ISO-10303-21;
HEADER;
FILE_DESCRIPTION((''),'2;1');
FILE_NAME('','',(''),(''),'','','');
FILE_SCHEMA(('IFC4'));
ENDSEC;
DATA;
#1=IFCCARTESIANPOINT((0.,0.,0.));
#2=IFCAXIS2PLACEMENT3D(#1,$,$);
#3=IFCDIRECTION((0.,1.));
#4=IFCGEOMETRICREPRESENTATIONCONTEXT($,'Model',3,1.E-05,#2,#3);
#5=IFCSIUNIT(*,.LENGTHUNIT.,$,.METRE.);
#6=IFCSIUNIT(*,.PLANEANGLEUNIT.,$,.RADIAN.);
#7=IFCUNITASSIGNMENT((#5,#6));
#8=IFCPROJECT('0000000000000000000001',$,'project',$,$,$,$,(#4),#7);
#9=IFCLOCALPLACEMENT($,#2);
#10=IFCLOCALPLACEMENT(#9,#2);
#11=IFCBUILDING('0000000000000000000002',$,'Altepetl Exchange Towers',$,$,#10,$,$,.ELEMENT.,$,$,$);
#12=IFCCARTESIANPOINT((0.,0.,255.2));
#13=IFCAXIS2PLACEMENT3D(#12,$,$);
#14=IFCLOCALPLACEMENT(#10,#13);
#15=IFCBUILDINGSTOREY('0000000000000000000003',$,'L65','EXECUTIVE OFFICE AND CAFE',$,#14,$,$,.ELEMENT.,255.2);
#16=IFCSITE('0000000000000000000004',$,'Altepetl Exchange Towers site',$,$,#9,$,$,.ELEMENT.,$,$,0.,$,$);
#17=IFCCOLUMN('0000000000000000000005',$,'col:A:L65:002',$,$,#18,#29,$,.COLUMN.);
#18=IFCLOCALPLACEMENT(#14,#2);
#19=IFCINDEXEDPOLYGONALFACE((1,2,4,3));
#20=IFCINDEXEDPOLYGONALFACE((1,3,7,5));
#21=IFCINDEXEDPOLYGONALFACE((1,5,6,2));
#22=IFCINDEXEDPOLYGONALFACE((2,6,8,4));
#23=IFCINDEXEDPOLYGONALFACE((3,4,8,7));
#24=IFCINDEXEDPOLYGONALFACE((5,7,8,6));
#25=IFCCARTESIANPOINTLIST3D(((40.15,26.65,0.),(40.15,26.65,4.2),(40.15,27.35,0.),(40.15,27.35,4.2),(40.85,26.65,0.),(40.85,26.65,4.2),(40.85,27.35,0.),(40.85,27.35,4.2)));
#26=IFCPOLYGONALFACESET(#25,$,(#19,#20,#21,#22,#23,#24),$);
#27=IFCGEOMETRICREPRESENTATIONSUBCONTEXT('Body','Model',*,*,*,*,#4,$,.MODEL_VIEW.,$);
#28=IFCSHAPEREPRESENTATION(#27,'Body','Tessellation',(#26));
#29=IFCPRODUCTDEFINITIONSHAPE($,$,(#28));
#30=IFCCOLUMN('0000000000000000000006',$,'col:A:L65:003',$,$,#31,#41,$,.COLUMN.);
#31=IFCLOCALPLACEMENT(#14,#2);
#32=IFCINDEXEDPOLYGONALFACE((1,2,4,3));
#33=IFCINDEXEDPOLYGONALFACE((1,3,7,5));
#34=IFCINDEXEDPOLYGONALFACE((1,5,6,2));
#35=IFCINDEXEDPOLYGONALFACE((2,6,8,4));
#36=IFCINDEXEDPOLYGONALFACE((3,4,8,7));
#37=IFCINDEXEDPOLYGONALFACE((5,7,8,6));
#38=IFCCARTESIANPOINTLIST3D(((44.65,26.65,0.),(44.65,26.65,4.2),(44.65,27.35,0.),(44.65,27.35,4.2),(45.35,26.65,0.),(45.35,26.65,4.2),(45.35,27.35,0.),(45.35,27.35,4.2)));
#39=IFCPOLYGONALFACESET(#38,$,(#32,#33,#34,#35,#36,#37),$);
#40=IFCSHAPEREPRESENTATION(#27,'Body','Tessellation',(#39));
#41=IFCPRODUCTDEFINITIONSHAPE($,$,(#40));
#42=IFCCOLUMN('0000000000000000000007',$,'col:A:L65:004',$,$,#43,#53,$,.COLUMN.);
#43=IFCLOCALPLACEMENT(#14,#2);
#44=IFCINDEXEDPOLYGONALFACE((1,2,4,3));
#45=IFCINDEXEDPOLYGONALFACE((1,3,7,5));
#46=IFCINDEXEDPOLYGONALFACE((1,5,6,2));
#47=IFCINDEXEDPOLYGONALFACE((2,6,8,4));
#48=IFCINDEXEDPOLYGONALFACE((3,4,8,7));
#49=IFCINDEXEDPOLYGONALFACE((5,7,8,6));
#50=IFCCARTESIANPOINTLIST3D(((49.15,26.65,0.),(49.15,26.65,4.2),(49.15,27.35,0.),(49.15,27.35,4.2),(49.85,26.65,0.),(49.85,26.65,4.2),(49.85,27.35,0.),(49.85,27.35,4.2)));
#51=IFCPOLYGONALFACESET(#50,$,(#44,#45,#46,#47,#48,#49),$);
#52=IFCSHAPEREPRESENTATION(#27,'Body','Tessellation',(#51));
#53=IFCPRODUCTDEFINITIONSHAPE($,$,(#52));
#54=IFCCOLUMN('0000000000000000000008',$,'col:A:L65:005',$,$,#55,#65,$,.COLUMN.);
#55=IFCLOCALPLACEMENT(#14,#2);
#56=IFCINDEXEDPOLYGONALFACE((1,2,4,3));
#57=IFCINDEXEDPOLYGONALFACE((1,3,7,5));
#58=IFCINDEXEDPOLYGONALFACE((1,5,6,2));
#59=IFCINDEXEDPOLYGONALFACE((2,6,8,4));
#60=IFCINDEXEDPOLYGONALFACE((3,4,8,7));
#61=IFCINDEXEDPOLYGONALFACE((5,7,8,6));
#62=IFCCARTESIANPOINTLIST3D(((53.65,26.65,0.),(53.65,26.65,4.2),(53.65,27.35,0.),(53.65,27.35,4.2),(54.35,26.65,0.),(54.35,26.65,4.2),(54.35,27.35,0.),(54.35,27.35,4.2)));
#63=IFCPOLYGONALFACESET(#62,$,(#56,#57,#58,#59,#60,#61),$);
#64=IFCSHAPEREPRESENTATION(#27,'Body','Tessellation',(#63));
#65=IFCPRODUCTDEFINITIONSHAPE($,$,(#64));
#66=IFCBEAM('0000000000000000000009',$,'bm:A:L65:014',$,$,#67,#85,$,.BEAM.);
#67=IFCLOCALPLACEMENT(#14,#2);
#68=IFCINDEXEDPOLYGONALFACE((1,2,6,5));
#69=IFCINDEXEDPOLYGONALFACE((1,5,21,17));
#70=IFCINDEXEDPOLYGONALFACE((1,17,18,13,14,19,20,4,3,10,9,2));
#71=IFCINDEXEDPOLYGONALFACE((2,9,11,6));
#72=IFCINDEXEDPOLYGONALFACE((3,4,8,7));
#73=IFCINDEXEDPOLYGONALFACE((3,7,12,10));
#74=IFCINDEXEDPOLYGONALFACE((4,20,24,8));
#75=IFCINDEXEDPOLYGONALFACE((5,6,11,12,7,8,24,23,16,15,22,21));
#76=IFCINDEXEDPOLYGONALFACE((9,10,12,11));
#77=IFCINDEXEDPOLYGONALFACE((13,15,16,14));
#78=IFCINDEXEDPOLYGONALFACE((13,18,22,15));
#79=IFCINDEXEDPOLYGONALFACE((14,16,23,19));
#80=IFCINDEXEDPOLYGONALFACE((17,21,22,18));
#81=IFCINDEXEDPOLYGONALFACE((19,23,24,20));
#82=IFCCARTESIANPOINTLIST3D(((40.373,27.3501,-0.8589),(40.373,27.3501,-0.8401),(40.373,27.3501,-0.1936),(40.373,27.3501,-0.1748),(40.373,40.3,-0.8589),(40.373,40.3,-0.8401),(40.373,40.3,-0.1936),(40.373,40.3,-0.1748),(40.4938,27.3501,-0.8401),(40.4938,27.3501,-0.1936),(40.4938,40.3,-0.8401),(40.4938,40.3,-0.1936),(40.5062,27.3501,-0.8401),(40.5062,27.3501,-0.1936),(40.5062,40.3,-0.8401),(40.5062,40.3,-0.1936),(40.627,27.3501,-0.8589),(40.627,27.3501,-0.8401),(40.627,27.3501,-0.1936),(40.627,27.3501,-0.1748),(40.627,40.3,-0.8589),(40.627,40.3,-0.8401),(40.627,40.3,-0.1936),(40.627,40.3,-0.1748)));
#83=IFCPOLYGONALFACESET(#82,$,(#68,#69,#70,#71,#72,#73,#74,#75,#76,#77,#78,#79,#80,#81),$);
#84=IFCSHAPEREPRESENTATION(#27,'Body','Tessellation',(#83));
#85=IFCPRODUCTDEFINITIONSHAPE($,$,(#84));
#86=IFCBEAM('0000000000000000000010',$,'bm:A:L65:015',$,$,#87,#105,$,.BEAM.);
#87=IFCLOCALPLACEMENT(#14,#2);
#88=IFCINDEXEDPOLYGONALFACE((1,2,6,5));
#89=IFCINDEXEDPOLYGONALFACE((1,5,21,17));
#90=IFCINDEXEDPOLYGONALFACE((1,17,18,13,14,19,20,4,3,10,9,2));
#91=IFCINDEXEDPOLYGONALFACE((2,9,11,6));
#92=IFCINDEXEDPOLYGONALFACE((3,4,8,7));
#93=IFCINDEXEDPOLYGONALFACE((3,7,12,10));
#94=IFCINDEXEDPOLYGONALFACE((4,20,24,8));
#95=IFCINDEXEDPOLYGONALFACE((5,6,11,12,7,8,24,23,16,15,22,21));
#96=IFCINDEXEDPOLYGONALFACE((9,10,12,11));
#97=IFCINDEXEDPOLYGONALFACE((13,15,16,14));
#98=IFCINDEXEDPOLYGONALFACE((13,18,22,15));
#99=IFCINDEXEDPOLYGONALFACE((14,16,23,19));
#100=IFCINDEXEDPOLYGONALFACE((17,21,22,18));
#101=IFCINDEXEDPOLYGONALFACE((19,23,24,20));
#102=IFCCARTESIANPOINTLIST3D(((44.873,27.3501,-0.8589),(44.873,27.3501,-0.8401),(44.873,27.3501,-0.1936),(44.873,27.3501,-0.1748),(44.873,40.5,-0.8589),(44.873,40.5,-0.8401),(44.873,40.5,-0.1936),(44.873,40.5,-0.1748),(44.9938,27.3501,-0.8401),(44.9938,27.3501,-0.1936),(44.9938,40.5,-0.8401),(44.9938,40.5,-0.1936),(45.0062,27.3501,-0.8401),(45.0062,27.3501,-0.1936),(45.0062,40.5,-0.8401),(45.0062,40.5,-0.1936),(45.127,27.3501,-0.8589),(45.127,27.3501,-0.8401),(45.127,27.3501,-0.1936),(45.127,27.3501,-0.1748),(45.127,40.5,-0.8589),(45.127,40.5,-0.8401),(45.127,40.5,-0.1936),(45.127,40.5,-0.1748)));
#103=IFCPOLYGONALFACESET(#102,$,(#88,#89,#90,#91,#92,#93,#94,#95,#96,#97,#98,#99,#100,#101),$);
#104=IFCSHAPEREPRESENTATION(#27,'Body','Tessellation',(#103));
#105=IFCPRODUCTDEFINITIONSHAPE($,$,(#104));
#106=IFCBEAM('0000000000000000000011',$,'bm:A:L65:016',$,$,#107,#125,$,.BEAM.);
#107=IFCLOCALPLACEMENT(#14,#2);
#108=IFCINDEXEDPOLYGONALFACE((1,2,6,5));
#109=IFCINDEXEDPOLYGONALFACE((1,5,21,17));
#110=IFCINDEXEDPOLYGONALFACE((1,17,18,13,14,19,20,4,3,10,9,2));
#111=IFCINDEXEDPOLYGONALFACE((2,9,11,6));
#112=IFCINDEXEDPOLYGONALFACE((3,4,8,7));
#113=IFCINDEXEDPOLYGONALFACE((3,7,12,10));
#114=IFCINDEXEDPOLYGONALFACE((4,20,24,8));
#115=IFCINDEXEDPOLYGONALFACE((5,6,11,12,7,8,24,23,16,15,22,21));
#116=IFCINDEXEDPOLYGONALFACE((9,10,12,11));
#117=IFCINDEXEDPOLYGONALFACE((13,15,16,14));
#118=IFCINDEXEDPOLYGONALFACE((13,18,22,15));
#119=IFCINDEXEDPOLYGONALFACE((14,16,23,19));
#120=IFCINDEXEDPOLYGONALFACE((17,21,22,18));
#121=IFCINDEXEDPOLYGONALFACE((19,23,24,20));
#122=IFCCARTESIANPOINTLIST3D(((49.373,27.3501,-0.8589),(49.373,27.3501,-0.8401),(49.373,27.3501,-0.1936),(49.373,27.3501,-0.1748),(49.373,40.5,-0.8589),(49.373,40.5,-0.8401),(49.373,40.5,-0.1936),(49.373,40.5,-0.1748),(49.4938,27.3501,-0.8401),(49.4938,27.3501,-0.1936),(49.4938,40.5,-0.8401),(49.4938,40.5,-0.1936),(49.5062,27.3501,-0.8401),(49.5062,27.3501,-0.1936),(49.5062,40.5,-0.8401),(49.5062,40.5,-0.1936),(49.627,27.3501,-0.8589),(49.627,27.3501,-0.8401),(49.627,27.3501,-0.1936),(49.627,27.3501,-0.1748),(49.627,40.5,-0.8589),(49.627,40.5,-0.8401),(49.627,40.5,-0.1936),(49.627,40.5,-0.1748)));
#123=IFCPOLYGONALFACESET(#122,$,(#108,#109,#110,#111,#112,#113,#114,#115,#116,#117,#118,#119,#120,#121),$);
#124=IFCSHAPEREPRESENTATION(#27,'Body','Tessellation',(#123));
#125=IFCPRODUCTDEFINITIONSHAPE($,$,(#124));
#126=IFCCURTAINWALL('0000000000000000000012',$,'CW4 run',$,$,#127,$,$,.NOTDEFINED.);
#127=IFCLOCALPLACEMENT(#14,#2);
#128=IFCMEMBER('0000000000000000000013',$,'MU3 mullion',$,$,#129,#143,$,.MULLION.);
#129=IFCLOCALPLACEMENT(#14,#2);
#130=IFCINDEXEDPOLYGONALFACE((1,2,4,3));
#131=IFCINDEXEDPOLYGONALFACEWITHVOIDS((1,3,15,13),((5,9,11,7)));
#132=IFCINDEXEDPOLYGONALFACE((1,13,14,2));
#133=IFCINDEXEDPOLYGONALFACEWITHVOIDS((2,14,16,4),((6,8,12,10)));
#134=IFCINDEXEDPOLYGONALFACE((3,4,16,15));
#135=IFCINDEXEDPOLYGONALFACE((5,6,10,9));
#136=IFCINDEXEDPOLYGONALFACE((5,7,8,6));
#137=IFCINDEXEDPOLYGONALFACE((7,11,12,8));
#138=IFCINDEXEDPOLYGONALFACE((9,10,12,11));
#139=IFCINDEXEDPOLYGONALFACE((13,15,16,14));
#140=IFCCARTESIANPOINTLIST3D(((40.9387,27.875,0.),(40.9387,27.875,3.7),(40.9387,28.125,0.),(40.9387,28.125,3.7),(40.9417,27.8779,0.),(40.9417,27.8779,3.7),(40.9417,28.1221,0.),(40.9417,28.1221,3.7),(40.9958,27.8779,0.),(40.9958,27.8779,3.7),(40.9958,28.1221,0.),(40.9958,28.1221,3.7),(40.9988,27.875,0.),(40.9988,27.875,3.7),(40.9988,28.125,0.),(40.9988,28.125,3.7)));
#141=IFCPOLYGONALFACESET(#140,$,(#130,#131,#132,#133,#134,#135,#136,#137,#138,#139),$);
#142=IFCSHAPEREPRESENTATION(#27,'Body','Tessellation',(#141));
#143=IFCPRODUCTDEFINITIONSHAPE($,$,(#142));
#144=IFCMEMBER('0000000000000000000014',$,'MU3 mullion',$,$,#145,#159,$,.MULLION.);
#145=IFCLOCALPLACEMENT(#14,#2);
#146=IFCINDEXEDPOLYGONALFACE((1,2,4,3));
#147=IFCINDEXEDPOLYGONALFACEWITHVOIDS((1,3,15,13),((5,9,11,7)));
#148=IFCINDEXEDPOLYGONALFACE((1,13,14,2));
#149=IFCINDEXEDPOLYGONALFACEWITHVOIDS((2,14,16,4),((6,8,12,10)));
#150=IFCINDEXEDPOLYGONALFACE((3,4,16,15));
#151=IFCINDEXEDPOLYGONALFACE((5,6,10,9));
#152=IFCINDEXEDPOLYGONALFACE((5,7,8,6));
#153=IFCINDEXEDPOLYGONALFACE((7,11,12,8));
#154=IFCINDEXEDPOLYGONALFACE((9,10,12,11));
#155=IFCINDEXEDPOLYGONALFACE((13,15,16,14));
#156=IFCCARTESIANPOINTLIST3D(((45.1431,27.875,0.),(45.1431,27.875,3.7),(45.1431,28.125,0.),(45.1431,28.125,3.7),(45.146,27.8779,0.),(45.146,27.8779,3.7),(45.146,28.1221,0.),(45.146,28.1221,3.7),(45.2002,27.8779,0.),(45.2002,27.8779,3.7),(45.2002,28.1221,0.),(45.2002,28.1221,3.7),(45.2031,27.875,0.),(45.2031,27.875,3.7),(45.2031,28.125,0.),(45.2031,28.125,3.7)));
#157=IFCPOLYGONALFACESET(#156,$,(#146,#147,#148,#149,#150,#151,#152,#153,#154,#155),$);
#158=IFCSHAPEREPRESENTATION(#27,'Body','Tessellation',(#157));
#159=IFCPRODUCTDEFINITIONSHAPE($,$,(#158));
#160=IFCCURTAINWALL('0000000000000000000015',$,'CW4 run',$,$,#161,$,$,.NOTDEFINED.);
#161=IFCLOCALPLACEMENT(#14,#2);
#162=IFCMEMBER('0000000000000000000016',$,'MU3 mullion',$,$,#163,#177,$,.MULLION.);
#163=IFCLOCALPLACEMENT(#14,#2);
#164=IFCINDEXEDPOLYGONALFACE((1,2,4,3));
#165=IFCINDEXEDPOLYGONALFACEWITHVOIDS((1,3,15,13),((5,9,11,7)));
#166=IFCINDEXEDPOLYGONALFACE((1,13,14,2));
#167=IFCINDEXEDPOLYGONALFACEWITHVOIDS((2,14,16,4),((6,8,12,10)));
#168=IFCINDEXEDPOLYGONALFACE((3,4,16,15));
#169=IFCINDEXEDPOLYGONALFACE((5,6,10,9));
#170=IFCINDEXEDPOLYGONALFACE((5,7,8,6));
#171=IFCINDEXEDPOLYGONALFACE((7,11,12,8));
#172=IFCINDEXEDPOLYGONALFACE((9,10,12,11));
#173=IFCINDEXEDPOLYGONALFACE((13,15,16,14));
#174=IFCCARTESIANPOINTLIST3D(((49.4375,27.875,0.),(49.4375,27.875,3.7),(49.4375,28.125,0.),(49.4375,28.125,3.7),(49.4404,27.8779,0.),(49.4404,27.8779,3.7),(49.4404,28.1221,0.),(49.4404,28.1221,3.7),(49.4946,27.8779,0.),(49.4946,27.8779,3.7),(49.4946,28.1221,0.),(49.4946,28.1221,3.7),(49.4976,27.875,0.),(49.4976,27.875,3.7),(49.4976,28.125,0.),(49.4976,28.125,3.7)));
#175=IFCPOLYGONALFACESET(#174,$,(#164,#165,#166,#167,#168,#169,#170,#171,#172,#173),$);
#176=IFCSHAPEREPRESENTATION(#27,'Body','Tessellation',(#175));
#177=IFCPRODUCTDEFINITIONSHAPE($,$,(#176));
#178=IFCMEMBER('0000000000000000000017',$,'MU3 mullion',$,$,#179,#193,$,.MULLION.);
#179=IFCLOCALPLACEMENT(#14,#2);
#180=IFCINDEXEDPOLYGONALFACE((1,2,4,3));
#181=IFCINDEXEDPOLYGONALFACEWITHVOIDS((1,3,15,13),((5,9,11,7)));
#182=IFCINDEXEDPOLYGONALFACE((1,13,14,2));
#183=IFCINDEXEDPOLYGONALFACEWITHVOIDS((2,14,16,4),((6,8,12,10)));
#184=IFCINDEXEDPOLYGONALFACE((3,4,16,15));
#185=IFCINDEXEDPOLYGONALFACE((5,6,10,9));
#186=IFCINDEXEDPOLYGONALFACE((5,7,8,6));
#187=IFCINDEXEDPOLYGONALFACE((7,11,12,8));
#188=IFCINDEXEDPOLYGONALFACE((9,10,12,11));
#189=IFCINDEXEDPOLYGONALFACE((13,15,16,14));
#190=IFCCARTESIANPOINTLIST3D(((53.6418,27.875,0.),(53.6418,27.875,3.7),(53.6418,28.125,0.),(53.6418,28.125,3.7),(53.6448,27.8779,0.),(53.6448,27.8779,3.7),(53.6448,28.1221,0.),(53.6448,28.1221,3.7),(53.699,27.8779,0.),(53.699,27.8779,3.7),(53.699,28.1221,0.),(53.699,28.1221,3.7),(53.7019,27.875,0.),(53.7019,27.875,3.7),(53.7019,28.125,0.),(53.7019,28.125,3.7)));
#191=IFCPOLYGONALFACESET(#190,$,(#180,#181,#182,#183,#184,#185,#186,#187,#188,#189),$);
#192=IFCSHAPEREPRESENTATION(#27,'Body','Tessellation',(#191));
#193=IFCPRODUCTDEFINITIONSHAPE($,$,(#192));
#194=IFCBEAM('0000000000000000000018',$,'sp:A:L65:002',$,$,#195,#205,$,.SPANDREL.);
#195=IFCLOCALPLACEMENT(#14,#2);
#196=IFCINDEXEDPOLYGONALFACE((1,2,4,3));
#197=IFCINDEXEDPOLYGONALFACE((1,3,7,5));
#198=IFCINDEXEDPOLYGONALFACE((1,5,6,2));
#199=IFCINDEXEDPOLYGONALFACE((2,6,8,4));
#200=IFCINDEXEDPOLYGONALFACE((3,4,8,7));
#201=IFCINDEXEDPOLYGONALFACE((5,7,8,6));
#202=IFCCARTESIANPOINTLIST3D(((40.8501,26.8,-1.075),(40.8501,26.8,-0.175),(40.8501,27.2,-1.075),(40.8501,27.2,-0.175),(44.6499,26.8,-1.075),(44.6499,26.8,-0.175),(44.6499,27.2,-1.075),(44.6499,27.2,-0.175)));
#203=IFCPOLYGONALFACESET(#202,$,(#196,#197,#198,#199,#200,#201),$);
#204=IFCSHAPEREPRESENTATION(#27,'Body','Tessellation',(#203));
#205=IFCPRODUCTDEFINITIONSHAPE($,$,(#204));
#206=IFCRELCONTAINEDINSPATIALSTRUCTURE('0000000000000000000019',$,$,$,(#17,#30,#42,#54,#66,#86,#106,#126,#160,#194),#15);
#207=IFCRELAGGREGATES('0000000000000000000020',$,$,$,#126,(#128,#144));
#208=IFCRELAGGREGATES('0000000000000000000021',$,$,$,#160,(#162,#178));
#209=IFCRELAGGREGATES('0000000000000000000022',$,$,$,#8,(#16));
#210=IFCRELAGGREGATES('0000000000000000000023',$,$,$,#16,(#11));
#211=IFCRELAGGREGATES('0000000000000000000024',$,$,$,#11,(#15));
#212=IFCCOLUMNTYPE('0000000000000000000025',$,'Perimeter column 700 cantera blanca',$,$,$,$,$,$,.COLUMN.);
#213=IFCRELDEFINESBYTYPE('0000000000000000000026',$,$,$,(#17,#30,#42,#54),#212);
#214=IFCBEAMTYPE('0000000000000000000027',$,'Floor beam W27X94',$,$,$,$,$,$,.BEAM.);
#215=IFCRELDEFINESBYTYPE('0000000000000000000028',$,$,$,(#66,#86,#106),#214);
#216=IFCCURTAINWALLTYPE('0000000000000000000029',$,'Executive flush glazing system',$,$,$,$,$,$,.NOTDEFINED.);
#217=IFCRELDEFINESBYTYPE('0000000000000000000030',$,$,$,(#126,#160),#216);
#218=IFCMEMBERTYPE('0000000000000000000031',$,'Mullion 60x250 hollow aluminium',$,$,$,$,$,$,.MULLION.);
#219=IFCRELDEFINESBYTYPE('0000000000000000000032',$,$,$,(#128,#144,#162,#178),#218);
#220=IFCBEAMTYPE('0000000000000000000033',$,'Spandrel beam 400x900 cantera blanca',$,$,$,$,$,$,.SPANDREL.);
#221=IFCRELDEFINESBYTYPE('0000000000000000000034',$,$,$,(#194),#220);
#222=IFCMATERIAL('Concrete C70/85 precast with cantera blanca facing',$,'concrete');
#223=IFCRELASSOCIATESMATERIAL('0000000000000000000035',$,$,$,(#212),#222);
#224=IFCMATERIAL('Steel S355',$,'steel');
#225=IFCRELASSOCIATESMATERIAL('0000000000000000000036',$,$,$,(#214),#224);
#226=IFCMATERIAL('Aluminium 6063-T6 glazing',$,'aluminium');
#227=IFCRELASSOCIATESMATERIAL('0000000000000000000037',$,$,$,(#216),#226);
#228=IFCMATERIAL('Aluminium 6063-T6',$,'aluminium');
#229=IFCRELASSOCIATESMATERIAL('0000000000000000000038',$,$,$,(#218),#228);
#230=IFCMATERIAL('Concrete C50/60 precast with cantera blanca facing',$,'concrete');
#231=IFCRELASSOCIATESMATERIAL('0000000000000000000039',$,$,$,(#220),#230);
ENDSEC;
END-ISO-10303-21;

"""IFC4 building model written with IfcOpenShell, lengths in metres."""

from ifc_helpers import new_model, si_unit, direction, frame, origin, origin_2d, place, context, subcontext, project, spatial, rectangle, hollow_rectangle, i_section, extrude, material, material_profile, profile_set, type_object, element, aggregate, save


model = new_model("IFC4")

# Units and contexts
model_context = context("Model", 3, precision=1e-05, world=origin(), true_north=direction((0.0, 1.0)))
body_context = subcontext(model_context, "Body", "Model", "MODEL_VIEW")
ifc_project = project(units=[si_unit("LENGTHUNIT", "METRE"), si_unit("PLANEANGLEUNIT", "RADIAN")], contexts=[model_context])

# Site, building, storey
site_placement = place(None, origin())
site = spatial("IfcSite", under=ifc_project, at=site_placement, Name="Altepetl Exchange Towers site", CompositionType="ELEMENT", RefElevation=0.0)
building_placement = place(site_placement, origin())
building = spatial("IfcBuilding", under=site, at=building_placement, Name="Altepetl Exchange Towers", CompositionType="ELEMENT")
storey_placement = place(building_placement, frame((0.0, 0.0, 255.2)))
storey = spatial("IfcBuildingStorey", under=building, at=storey_placement, Name="L65", Description="EXECUTIVE OFFICE AND CAFE", CompositionType="ELEMENT", Elevation=255.2)

# Columns
ifc_material_1 = material(Name="Concrete C70/85 precast with cantera blanca facing", Category="concrete")
ifc_material_profile_1 = material_profile(ifc_material_1, rectangle(XDim=0.7, YDim=0.7, at=origin_2d()), Name="700 x 700")
ifc_profile_set_1 = profile_set([ifc_material_profile_1], Name="Concrete C70/85 precast with cantera blanca facing")
column_type = type_object("IfcColumnType", Name="Perimeter column 700 cantera blanca", PredefinedType="COLUMN", material=ifc_profile_set_1)
for number, where, name in (
    (1, (40.5, 27.0, 0.0), "col:A:L65:002"),
    (2, (45.0, 27.0, 0.0), "col:A:L65:003"),
    (3, (49.5, 27.0, 0.0), "col:A:L65:004"),
    (4, (54.0, 27.0, 0.0), "col:A:L65:005"),
):
    element("IfcColumn", number, at=place(storey_placement, frame(where)), inside=storey, type_object=column_type, Name=name, PredefinedType="COLUMN", context=body_context, shape_type="SweptSolid", body=[
        extrude(rectangle(XDim=0.7, YDim=0.7, at=origin_2d()), origin(), (0.0, 0.0, 1.0), 4.2),
    ])

# Beams
ifc_material_2 = material(Name="Steel S355", Category="steel")
ifc_material_profile_2 = material_profile(ifc_material_2, i_section(OverallWidth=0.2539, OverallDepth=0.6841, WebThickness=0.0125, FlangeThickness=0.0188, at=origin_2d()), Name="W27X94")
ifc_profile_set_2 = profile_set([ifc_material_profile_2], Name="Steel S355")
beam_type_1 = type_object("IfcBeamType", Name="Floor beam W27X94", PredefinedType="BEAM", material=ifc_profile_set_2)
beam_placement = place(storey_placement, frame((40.5, 27.3501, -0.5168), z_axis=(0.0, 1.0, 0.0), x_axis=(-1.0, 0.0, 0.0)))
element("IfcBeam", 5, at=beam_placement, inside=storey, type_object=beam_type_1, Name="bm:A:L65:014", PredefinedType="BEAM", context=body_context, shape_type="SweptSolid", body=[
    extrude(i_section(OverallWidth=0.2539, OverallDepth=0.6841, WebThickness=0.0125, FlangeThickness=0.0188, at=origin_2d()), origin(), (0.0, 0.0, 1.0), 12.95),
])
for number, where, z_axis, x_axis, name in (
    (6, (45.0, 27.3501, -0.5168), (0.0, 1.0, 0.0), (-1.0, 0.0, 0.0), "bm:A:L65:015"),
    (7, (49.5, 27.3501, -0.5168), (0.0, 1.0, 0.0), (-1.0, 0.0, 0.0), "bm:A:L65:016"),
):
    element("IfcBeam", number, at=place(storey_placement, frame(where, z_axis=z_axis, x_axis=x_axis)), inside=storey, type_object=beam_type_1, Name=name, PredefinedType="BEAM", context=body_context, shape_type="SweptSolid", body=[
        extrude(i_section(OverallWidth=0.2539, OverallDepth=0.6841, WebThickness=0.0125, FlangeThickness=0.0188, at=origin_2d()), origin(), (0.0, 0.0, 1.0), 13.1499),
    ])

# Curtain walls, members
ifc_material_3 = material(Name="Aluminium 6063-T6 glazing", Category="aluminium")
curtain_wall_type = type_object("IfcCurtainWallType", Name="Executive flush glazing system", PredefinedType="NOTDEFINED", material=ifc_material_3)
curtain_wall_1_placement = place(storey_placement, origin())
curtain_wall_1 = element("IfcCurtainWall", 8, at=curtain_wall_1_placement, inside=storey, type_object=curtain_wall_type, Name="CW4 run", PredefinedType="NOTDEFINED")
ifc_material_4 = material(Name="Aluminium 6063-T6", Category="aluminium")
ifc_material_profile_3 = material_profile(ifc_material_4, hollow_rectangle(XDim=0.0601, YDim=0.25, WallThickness=0.0029, at=origin_2d()), Name="Mullion 60x250 hollow aluminium")
ifc_profile_set_3 = profile_set([ifc_material_profile_3], Name="Aluminium 6063-T6")
member_type_1 = type_object("IfcMemberType", Name="Mullion 60x250 hollow aluminium", PredefinedType="MULLION", material=ifc_profile_set_3)
member_1_placement = place(storey_placement, frame((40.9688, 28.0, 0.0)))
member_1 = element("IfcMember", 9, at=member_1_placement, type_object=member_type_1, Name="MU3 mullion", PredefinedType="MULLION", context=body_context, shape_type="SweptSolid", body=[
    extrude(hollow_rectangle(XDim=0.0601, YDim=0.25, WallThickness=0.0029, at=origin_2d()), origin(), (0.0, 0.0, 1.0), 3.7),
])
member_2_placement = place(storey_placement, frame((45.1731, 28.0, 0.0)))
member_2 = element("IfcMember", 10, at=member_2_placement, type_object=member_type_1, Name="MU3 mullion", PredefinedType="MULLION", context=body_context, shape_type="SweptSolid", body=[
    extrude(hollow_rectangle(XDim=0.0601, YDim=0.25, WallThickness=0.0029, at=origin_2d()), origin(), (0.0, 0.0, 1.0), 3.7),
])
curtain_wall_2_placement = place(storey_placement, origin())
curtain_wall_2 = element("IfcCurtainWall", 11, at=curtain_wall_2_placement, inside=storey, type_object=curtain_wall_type, Name="CW4 run", PredefinedType="NOTDEFINED")
member_3_placement = place(storey_placement, frame((49.4675, 28.0, 0.0)))
member_3 = element("IfcMember", 12, at=member_3_placement, type_object=member_type_1, Name="MU3 mullion", PredefinedType="MULLION", context=body_context, shape_type="SweptSolid", body=[
    extrude(hollow_rectangle(XDim=0.0601, YDim=0.25, WallThickness=0.0029, at=origin_2d()), origin(), (0.0, 0.0, 1.0), 3.7),
])
member_4_placement = place(storey_placement, frame((53.6719, 28.0, 0.0)))
member_4 = element("IfcMember", 13, at=member_4_placement, type_object=member_type_1, Name="MU3 mullion", PredefinedType="MULLION", context=body_context, shape_type="SweptSolid", body=[
    extrude(hollow_rectangle(XDim=0.0601, YDim=0.25, WallThickness=0.0029, at=origin_2d()), origin(), (0.0, 0.0, 1.0), 3.7),
])

# Beam
ifc_material_5 = material(Name="Concrete C50/60 precast with cantera blanca facing", Category="concrete")
ifc_material_profile_4 = material_profile(ifc_material_5, rectangle(XDim=0.3999, YDim=0.8999, at=origin_2d()), Name="400 x 900")
ifc_profile_set_4 = profile_set([ifc_material_profile_4], Name="Concrete C50/60 precast with cantera blanca facing")
beam_type_2 = type_object("IfcBeamType", Name="Spandrel beam 400x900 cantera blanca", PredefinedType="SPANDREL", material=ifc_profile_set_4)
for number, where, z_axis, x_axis, name in (
    (14, (40.8501, 27.0, -0.625), (1.0, 0.0, 0.0), (0.0, 1.0, 0.0), "sp:A:L65:002"),
):
    element("IfcBeam", number, at=place(storey_placement, frame(where, z_axis=z_axis, x_axis=x_axis)), inside=storey, type_object=beam_type_2, Name=name, PredefinedType="SPANDREL", context=body_context, shape_type="SweptSolid", body=[
        extrude(rectangle(XDim=0.3999, YDim=0.8999, at=origin_2d()), origin(), (0.0, 0.0, 1.0), 3.7998),
    ])

aggregate(curtain_wall_1, [member_1, member_2])
aggregate(curtain_wall_2, [member_3, member_4])

save(model, "model.ifc")
